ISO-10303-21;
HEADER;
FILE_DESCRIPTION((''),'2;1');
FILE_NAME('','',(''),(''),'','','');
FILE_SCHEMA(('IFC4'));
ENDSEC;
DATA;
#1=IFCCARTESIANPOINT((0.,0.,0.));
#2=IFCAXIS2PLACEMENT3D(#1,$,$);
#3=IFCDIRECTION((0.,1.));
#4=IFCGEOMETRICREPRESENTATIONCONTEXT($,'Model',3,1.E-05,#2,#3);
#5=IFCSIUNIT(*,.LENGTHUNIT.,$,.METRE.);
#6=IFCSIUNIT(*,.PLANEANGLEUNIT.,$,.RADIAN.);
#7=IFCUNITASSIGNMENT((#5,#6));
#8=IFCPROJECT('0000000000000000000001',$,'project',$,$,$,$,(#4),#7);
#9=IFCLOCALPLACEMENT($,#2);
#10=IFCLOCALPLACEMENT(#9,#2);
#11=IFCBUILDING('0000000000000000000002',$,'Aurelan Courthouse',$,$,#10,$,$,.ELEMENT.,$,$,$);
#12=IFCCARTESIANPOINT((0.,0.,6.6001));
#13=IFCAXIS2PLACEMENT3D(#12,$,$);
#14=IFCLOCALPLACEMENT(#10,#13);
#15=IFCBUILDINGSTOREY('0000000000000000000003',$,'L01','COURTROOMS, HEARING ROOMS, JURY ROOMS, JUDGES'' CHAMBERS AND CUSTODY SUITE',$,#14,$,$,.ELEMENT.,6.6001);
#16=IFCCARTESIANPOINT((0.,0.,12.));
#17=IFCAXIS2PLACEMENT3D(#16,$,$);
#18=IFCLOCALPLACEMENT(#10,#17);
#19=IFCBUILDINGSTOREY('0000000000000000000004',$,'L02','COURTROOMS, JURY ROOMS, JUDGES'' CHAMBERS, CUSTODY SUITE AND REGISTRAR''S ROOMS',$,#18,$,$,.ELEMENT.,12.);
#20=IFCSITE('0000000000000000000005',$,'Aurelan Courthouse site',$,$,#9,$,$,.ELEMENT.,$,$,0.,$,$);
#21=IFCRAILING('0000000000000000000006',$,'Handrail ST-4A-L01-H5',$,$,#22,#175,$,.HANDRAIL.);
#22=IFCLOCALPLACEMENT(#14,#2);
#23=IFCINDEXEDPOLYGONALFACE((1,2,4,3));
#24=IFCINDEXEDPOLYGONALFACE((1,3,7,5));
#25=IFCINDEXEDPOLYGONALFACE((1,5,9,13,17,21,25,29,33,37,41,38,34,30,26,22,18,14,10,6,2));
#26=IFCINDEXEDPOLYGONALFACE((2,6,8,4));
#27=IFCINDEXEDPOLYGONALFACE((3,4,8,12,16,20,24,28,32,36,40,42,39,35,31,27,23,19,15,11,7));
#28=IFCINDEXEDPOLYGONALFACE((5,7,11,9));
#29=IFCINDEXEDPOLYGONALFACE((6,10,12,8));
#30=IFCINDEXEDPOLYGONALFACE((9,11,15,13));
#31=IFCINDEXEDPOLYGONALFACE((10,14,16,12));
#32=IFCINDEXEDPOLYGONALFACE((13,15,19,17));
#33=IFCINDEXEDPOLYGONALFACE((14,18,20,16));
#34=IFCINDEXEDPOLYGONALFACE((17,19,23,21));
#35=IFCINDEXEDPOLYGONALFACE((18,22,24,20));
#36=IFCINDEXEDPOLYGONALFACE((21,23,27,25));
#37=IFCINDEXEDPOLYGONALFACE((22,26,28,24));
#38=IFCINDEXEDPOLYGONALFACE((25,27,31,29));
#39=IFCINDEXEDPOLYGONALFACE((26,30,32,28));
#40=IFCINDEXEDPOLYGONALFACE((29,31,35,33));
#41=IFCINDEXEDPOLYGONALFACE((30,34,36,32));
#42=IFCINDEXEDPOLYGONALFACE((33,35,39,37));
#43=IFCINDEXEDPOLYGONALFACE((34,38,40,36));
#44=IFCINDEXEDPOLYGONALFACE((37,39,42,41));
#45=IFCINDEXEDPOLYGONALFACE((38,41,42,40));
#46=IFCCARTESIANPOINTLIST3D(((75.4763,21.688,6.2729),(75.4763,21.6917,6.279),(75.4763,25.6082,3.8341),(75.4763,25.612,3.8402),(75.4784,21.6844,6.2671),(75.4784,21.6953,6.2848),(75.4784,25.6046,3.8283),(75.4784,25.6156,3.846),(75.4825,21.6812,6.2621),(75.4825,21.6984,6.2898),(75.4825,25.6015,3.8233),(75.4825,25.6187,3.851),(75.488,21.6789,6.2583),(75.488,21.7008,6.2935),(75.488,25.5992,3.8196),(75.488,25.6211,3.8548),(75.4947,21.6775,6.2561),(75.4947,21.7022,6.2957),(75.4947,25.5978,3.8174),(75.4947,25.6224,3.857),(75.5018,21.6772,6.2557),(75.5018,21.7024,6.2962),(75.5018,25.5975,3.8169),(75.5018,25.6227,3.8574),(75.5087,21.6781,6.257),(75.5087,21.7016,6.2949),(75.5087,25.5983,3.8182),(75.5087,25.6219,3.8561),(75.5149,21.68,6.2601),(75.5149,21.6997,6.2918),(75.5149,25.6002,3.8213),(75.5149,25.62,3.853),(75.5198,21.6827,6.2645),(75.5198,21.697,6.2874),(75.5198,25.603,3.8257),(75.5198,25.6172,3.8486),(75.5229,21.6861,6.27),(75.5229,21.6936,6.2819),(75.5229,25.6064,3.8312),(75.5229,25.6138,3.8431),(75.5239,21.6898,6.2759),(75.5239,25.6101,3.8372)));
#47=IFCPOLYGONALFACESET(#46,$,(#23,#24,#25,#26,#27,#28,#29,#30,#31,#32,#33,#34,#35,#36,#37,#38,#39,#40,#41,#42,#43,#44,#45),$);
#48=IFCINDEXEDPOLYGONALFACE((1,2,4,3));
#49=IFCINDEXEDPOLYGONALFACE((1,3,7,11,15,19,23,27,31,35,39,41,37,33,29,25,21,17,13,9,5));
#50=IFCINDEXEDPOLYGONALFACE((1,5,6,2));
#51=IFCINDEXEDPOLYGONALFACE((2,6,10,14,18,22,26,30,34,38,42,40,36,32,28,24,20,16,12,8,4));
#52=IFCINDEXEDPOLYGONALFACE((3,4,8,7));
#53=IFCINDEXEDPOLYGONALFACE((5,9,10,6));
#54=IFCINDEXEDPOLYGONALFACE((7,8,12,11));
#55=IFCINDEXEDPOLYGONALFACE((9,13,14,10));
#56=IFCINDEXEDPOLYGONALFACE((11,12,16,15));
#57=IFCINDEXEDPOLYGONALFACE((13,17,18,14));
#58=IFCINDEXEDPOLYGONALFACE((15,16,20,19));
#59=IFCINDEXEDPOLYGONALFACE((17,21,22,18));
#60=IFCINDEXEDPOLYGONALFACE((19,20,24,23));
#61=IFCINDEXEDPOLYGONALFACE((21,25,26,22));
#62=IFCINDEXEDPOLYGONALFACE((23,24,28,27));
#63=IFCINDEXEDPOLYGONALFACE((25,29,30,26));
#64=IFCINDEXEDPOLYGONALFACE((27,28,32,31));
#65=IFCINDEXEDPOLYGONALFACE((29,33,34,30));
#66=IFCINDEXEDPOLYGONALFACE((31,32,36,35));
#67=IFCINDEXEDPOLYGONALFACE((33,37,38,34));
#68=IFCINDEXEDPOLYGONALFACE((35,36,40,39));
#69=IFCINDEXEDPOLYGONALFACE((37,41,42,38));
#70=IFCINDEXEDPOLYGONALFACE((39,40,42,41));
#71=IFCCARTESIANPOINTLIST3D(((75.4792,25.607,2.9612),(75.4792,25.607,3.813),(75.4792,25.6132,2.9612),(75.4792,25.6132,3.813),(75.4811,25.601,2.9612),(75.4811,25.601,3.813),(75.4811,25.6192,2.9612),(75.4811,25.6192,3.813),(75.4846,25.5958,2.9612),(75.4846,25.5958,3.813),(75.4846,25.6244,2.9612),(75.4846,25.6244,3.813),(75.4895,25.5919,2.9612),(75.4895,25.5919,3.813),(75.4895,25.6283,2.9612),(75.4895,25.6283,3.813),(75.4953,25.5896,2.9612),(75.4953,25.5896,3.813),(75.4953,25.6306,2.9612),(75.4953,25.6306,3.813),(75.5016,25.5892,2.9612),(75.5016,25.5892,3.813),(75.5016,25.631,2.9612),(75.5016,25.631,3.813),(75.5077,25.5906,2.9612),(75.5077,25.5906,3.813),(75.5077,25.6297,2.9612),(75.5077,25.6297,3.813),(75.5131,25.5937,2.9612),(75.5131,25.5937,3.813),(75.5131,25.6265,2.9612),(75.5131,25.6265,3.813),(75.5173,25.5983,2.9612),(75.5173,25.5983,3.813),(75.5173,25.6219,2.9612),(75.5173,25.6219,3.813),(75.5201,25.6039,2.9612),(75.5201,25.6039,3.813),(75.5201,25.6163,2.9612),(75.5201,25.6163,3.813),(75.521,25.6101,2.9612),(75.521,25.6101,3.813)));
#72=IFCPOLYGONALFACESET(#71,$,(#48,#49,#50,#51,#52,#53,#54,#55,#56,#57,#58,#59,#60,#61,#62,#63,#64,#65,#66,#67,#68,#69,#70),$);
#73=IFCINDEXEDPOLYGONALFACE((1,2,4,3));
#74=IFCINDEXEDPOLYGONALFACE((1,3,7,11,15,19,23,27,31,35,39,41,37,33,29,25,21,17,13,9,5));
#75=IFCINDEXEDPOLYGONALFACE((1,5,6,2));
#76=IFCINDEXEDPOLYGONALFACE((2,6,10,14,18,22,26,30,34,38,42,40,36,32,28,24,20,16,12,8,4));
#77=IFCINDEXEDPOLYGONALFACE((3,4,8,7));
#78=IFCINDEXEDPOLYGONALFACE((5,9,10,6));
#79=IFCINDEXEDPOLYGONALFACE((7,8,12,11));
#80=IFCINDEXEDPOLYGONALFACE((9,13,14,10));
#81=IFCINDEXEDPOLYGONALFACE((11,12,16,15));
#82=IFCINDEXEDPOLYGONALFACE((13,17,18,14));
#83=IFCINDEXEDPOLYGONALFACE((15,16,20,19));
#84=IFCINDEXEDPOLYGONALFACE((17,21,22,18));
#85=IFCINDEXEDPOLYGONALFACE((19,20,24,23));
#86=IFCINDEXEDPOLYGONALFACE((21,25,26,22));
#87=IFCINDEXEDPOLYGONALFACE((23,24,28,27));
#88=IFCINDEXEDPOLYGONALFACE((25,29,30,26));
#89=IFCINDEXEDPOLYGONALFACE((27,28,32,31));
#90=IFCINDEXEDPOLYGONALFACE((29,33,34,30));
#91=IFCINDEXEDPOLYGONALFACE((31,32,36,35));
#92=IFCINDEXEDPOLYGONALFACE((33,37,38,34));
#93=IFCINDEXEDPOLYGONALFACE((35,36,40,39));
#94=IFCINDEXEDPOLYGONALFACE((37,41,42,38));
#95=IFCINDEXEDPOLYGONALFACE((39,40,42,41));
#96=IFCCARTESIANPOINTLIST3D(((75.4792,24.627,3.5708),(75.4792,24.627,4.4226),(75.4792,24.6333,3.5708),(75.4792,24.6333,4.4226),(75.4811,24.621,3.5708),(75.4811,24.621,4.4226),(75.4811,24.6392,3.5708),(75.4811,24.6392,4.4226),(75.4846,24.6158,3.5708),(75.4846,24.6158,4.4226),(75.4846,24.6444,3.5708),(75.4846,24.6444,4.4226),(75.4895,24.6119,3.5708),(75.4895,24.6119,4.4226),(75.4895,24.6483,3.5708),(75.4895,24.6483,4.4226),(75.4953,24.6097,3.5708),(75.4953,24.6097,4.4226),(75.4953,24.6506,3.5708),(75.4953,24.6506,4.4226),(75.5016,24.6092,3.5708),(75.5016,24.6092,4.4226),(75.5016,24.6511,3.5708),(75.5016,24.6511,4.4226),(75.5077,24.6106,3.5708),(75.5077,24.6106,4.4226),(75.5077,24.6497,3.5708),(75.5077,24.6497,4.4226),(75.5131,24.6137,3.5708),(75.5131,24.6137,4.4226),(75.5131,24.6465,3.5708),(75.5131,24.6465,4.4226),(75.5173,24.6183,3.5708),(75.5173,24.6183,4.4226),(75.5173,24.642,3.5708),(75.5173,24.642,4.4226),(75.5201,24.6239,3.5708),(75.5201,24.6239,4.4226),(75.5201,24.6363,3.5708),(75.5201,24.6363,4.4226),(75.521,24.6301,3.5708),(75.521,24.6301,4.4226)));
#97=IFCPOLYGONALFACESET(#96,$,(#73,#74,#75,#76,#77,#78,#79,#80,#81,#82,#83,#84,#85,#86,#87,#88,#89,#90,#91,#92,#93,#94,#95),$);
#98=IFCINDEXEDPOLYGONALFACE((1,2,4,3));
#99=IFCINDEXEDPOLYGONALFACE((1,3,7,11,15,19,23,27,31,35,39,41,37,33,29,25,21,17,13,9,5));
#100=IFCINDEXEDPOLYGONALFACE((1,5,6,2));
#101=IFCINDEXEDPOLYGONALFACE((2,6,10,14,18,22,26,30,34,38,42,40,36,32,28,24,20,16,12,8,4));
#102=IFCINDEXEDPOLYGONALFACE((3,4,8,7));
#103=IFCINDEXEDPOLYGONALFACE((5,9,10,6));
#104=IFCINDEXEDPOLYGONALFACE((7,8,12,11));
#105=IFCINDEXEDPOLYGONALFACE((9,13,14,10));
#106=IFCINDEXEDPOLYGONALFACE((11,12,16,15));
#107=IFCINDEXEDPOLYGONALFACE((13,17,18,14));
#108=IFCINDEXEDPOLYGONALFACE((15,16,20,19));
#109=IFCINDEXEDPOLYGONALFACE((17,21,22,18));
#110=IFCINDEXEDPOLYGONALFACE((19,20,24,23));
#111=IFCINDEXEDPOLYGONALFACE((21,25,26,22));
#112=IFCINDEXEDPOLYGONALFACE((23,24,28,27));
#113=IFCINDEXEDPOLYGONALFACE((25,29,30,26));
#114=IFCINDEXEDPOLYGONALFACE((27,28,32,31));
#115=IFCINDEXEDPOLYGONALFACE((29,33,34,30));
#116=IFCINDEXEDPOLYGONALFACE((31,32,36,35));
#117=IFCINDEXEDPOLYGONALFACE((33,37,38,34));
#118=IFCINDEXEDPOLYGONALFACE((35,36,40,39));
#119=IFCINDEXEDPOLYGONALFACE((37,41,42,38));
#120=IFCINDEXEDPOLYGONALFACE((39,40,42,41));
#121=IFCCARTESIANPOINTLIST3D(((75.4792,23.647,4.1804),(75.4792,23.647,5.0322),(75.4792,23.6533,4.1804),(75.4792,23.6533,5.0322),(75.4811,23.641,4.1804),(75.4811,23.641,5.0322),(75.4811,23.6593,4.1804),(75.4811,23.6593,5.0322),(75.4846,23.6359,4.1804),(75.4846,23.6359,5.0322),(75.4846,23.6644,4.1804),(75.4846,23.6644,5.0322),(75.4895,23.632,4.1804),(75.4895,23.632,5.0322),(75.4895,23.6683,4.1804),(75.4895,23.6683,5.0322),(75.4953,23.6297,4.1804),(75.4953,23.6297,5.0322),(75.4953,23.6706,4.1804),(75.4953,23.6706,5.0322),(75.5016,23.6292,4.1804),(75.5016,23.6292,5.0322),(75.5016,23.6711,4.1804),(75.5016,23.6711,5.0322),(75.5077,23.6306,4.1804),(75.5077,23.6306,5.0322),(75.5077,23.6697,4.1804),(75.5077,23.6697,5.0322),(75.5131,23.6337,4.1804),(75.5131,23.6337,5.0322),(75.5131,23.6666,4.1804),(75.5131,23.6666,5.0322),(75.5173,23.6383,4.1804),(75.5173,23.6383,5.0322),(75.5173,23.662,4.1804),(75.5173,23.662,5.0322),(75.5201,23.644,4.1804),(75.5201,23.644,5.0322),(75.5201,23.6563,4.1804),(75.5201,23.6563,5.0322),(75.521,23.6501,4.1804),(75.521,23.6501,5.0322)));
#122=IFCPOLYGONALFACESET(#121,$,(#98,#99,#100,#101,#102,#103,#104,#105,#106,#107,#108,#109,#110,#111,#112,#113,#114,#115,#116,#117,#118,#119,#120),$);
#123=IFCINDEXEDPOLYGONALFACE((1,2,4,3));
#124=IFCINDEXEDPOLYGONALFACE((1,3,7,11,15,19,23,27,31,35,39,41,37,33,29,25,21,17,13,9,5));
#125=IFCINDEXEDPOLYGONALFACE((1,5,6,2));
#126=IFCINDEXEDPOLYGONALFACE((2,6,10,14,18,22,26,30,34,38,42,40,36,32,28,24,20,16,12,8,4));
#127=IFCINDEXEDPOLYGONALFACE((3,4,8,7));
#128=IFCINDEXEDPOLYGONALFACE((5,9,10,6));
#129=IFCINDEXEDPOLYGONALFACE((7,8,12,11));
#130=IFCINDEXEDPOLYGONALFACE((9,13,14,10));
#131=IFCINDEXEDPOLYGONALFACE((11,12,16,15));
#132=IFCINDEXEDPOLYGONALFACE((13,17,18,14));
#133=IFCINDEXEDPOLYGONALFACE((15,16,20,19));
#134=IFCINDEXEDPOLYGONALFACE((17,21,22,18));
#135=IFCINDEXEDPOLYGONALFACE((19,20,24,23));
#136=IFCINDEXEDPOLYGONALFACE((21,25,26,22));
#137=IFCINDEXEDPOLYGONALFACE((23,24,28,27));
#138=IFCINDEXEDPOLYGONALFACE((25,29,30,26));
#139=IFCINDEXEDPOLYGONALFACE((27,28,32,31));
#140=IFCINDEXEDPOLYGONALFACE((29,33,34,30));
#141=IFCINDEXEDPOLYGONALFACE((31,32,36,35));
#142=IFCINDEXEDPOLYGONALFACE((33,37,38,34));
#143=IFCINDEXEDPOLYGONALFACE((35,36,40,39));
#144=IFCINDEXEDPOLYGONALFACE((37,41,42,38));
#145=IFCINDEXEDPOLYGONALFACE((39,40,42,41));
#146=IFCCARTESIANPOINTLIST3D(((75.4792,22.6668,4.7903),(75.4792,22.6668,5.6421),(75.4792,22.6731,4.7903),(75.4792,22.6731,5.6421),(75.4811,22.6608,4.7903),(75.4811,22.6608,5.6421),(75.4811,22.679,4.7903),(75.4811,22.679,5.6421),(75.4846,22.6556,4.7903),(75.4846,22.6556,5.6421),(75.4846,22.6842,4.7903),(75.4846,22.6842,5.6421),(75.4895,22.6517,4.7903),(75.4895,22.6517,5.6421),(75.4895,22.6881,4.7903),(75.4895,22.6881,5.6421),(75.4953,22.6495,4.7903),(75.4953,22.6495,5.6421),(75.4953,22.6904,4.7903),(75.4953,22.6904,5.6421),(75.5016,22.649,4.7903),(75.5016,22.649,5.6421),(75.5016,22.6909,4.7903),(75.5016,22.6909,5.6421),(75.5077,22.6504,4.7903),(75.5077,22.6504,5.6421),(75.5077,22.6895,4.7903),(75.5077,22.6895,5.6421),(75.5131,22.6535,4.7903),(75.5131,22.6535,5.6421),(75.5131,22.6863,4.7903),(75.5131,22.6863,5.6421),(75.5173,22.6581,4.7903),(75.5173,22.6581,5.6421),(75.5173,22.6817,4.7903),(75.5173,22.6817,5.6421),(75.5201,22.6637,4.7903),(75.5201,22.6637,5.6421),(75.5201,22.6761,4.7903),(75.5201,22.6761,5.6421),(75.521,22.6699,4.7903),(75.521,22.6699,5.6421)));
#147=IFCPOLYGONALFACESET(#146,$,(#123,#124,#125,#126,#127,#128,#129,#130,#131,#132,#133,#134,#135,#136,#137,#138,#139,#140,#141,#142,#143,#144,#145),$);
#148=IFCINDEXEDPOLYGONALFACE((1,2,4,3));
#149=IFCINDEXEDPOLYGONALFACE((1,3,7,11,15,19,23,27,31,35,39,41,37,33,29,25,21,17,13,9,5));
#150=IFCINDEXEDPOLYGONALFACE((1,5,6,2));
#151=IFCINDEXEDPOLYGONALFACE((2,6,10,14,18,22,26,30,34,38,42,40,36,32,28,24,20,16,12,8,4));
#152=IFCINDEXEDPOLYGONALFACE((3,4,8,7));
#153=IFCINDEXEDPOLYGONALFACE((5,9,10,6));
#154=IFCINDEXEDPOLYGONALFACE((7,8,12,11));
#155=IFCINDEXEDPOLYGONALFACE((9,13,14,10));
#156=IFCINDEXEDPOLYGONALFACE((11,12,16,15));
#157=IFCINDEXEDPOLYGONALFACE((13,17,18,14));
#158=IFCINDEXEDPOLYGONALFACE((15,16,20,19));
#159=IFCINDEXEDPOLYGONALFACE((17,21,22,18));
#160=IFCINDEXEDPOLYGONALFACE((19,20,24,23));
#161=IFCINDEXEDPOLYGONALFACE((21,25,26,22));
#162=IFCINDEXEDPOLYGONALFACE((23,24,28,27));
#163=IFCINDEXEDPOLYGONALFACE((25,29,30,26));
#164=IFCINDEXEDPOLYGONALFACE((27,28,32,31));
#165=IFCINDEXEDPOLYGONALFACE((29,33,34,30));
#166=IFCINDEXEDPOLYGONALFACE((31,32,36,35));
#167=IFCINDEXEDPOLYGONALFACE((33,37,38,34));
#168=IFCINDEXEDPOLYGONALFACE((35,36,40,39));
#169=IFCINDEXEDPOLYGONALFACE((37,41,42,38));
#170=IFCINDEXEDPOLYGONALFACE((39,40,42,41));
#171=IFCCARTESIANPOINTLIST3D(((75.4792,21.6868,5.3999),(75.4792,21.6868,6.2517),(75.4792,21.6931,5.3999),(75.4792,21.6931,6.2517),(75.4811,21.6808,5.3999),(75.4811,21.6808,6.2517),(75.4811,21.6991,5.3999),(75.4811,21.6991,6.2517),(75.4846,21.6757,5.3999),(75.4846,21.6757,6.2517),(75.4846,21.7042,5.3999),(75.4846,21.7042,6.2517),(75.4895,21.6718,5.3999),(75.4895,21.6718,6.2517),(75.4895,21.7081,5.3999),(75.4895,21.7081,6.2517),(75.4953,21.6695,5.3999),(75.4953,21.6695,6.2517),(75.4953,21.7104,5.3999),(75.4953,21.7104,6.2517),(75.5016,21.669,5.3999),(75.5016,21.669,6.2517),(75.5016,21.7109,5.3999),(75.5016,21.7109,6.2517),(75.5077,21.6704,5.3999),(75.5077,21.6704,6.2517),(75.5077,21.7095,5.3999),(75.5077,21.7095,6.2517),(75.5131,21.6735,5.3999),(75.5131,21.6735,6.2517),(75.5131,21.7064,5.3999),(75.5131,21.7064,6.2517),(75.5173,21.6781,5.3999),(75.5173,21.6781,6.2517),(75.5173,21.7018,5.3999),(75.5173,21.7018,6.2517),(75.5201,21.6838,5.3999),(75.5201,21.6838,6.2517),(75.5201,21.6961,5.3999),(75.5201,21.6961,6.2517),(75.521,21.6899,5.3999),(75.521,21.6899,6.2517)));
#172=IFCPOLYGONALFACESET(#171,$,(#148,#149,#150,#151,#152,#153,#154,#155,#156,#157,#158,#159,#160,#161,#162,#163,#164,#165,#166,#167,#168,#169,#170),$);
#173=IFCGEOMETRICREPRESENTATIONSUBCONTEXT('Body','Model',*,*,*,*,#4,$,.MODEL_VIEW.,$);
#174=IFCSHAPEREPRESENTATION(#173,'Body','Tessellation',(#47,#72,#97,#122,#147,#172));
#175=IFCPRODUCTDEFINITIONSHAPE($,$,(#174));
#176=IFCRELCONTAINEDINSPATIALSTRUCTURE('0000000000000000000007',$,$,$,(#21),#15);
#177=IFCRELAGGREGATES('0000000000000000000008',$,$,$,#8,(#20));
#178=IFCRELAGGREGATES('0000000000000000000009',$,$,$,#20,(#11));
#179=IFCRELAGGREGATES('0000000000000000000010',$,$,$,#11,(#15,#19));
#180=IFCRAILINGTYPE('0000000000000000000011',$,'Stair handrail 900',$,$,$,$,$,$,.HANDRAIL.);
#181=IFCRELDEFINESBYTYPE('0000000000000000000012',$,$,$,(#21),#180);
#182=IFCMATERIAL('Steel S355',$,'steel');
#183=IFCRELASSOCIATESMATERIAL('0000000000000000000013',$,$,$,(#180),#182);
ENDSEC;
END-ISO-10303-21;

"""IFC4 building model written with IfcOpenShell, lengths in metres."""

from ifc_helpers import new_model, si_unit, direction, frame, origin, origin_2d, place, context, subcontext, project, spatial, circle, extrude, material, type_object, element, save


model = new_model("IFC4")

# Units and contexts
model_context = context("Model", 3, precision=1e-05, world=origin(), true_north=direction((0.0, 1.0)))
body_context = subcontext(model_context, "Body", "Model", "MODEL_VIEW")
ifc_project = project(units=[si_unit("LENGTHUNIT", "METRE"), si_unit("PLANEANGLEUNIT", "RADIAN")], contexts=[model_context])

# Site, building, storey
site_placement = place(None, origin())
site = spatial("IfcSite", under=ifc_project, at=site_placement, Name="Aurelan Courthouse site", CompositionType="ELEMENT", RefElevation=0.0)
building_placement = place(site_placement, origin())
building = spatial("IfcBuilding", under=site, at=building_placement, Name="Aurelan Courthouse", CompositionType="ELEMENT")
storey_1_placement = place(building_placement, frame((0.0, 0.0, 6.6001)))
storey_1 = spatial("IfcBuildingStorey", under=building, at=storey_1_placement, Name="L01", Description="COURTROOMS, HEARING ROOMS, JURY ROOMS, JUDGES' CHAMBERS AND CUSTODY SUITE", CompositionType="ELEMENT", Elevation=6.6001)

# Shared definitions
storey_2_placement = place(building_placement, frame((0.0, 0.0, 12.0)))
storey_2 = spatial("IfcBuildingStorey", under=building, at=storey_2_placement, Name="L02", Description="COURTROOMS, JURY ROOMS, JUDGES' CHAMBERS, CUSTODY SUITE AND REGISTRAR'S ROOMS", CompositionType="ELEMENT", Elevation=12.0)

# Railing
ifc_material_1 = material(Name="Steel S355", Category="steel")
railing_type_1 = type_object("IfcRailingType", Name="Stair handrail 900", PredefinedType="HANDRAIL", material=ifc_material_1)
for number, where, name in (
    (1, (75.5, 25.6101, 2.9612), "Handrail ST-4A-L01-H5"),
):
    element("IfcRailing", number, at=place(storey_1_placement, frame(where)), inside=storey_1, type_object=railing_type_1, Name=name, PredefinedType="HANDRAIL", context=body_context, shape_type="SweptSolid", body=[
        extrude(circle(Radius=0.0239, at=origin_2d()), frame((0.0, 0.0, 0.876), z_axis=(0.0, -0.849105, 0.528225), x_axis=(1.0, 0.0, 0.0)), (0.0, 0.0, 1.0), 4.6169),
        extrude(circle(Radius=0.021, at=origin_2d()), origin(), (0.0, 0.0, 1.0), 0.8518),
        extrude(circle(Radius=0.021, at=origin_2d()), frame((0.0, -0.98, 0.6096)), (0.0, 0.0, 1.0), 0.8518),
        extrude(circle(Radius=0.021, at=origin_2d()), frame((0.0, -1.96, 1.2192)), (0.0, 0.0, 1.0), 0.8518),
        extrude(circle(Radius=0.021, at=origin_2d()), frame((0.0, -2.9402, 1.8291)), (0.0, 0.0, 1.0), 0.8518),
        extrude(circle(Radius=0.021, at=origin_2d()), frame((0.0, -3.9202, 2.4387)), (0.0, 0.0, 1.0), 0.8518),
    ])

save(model, "model.ifc")
